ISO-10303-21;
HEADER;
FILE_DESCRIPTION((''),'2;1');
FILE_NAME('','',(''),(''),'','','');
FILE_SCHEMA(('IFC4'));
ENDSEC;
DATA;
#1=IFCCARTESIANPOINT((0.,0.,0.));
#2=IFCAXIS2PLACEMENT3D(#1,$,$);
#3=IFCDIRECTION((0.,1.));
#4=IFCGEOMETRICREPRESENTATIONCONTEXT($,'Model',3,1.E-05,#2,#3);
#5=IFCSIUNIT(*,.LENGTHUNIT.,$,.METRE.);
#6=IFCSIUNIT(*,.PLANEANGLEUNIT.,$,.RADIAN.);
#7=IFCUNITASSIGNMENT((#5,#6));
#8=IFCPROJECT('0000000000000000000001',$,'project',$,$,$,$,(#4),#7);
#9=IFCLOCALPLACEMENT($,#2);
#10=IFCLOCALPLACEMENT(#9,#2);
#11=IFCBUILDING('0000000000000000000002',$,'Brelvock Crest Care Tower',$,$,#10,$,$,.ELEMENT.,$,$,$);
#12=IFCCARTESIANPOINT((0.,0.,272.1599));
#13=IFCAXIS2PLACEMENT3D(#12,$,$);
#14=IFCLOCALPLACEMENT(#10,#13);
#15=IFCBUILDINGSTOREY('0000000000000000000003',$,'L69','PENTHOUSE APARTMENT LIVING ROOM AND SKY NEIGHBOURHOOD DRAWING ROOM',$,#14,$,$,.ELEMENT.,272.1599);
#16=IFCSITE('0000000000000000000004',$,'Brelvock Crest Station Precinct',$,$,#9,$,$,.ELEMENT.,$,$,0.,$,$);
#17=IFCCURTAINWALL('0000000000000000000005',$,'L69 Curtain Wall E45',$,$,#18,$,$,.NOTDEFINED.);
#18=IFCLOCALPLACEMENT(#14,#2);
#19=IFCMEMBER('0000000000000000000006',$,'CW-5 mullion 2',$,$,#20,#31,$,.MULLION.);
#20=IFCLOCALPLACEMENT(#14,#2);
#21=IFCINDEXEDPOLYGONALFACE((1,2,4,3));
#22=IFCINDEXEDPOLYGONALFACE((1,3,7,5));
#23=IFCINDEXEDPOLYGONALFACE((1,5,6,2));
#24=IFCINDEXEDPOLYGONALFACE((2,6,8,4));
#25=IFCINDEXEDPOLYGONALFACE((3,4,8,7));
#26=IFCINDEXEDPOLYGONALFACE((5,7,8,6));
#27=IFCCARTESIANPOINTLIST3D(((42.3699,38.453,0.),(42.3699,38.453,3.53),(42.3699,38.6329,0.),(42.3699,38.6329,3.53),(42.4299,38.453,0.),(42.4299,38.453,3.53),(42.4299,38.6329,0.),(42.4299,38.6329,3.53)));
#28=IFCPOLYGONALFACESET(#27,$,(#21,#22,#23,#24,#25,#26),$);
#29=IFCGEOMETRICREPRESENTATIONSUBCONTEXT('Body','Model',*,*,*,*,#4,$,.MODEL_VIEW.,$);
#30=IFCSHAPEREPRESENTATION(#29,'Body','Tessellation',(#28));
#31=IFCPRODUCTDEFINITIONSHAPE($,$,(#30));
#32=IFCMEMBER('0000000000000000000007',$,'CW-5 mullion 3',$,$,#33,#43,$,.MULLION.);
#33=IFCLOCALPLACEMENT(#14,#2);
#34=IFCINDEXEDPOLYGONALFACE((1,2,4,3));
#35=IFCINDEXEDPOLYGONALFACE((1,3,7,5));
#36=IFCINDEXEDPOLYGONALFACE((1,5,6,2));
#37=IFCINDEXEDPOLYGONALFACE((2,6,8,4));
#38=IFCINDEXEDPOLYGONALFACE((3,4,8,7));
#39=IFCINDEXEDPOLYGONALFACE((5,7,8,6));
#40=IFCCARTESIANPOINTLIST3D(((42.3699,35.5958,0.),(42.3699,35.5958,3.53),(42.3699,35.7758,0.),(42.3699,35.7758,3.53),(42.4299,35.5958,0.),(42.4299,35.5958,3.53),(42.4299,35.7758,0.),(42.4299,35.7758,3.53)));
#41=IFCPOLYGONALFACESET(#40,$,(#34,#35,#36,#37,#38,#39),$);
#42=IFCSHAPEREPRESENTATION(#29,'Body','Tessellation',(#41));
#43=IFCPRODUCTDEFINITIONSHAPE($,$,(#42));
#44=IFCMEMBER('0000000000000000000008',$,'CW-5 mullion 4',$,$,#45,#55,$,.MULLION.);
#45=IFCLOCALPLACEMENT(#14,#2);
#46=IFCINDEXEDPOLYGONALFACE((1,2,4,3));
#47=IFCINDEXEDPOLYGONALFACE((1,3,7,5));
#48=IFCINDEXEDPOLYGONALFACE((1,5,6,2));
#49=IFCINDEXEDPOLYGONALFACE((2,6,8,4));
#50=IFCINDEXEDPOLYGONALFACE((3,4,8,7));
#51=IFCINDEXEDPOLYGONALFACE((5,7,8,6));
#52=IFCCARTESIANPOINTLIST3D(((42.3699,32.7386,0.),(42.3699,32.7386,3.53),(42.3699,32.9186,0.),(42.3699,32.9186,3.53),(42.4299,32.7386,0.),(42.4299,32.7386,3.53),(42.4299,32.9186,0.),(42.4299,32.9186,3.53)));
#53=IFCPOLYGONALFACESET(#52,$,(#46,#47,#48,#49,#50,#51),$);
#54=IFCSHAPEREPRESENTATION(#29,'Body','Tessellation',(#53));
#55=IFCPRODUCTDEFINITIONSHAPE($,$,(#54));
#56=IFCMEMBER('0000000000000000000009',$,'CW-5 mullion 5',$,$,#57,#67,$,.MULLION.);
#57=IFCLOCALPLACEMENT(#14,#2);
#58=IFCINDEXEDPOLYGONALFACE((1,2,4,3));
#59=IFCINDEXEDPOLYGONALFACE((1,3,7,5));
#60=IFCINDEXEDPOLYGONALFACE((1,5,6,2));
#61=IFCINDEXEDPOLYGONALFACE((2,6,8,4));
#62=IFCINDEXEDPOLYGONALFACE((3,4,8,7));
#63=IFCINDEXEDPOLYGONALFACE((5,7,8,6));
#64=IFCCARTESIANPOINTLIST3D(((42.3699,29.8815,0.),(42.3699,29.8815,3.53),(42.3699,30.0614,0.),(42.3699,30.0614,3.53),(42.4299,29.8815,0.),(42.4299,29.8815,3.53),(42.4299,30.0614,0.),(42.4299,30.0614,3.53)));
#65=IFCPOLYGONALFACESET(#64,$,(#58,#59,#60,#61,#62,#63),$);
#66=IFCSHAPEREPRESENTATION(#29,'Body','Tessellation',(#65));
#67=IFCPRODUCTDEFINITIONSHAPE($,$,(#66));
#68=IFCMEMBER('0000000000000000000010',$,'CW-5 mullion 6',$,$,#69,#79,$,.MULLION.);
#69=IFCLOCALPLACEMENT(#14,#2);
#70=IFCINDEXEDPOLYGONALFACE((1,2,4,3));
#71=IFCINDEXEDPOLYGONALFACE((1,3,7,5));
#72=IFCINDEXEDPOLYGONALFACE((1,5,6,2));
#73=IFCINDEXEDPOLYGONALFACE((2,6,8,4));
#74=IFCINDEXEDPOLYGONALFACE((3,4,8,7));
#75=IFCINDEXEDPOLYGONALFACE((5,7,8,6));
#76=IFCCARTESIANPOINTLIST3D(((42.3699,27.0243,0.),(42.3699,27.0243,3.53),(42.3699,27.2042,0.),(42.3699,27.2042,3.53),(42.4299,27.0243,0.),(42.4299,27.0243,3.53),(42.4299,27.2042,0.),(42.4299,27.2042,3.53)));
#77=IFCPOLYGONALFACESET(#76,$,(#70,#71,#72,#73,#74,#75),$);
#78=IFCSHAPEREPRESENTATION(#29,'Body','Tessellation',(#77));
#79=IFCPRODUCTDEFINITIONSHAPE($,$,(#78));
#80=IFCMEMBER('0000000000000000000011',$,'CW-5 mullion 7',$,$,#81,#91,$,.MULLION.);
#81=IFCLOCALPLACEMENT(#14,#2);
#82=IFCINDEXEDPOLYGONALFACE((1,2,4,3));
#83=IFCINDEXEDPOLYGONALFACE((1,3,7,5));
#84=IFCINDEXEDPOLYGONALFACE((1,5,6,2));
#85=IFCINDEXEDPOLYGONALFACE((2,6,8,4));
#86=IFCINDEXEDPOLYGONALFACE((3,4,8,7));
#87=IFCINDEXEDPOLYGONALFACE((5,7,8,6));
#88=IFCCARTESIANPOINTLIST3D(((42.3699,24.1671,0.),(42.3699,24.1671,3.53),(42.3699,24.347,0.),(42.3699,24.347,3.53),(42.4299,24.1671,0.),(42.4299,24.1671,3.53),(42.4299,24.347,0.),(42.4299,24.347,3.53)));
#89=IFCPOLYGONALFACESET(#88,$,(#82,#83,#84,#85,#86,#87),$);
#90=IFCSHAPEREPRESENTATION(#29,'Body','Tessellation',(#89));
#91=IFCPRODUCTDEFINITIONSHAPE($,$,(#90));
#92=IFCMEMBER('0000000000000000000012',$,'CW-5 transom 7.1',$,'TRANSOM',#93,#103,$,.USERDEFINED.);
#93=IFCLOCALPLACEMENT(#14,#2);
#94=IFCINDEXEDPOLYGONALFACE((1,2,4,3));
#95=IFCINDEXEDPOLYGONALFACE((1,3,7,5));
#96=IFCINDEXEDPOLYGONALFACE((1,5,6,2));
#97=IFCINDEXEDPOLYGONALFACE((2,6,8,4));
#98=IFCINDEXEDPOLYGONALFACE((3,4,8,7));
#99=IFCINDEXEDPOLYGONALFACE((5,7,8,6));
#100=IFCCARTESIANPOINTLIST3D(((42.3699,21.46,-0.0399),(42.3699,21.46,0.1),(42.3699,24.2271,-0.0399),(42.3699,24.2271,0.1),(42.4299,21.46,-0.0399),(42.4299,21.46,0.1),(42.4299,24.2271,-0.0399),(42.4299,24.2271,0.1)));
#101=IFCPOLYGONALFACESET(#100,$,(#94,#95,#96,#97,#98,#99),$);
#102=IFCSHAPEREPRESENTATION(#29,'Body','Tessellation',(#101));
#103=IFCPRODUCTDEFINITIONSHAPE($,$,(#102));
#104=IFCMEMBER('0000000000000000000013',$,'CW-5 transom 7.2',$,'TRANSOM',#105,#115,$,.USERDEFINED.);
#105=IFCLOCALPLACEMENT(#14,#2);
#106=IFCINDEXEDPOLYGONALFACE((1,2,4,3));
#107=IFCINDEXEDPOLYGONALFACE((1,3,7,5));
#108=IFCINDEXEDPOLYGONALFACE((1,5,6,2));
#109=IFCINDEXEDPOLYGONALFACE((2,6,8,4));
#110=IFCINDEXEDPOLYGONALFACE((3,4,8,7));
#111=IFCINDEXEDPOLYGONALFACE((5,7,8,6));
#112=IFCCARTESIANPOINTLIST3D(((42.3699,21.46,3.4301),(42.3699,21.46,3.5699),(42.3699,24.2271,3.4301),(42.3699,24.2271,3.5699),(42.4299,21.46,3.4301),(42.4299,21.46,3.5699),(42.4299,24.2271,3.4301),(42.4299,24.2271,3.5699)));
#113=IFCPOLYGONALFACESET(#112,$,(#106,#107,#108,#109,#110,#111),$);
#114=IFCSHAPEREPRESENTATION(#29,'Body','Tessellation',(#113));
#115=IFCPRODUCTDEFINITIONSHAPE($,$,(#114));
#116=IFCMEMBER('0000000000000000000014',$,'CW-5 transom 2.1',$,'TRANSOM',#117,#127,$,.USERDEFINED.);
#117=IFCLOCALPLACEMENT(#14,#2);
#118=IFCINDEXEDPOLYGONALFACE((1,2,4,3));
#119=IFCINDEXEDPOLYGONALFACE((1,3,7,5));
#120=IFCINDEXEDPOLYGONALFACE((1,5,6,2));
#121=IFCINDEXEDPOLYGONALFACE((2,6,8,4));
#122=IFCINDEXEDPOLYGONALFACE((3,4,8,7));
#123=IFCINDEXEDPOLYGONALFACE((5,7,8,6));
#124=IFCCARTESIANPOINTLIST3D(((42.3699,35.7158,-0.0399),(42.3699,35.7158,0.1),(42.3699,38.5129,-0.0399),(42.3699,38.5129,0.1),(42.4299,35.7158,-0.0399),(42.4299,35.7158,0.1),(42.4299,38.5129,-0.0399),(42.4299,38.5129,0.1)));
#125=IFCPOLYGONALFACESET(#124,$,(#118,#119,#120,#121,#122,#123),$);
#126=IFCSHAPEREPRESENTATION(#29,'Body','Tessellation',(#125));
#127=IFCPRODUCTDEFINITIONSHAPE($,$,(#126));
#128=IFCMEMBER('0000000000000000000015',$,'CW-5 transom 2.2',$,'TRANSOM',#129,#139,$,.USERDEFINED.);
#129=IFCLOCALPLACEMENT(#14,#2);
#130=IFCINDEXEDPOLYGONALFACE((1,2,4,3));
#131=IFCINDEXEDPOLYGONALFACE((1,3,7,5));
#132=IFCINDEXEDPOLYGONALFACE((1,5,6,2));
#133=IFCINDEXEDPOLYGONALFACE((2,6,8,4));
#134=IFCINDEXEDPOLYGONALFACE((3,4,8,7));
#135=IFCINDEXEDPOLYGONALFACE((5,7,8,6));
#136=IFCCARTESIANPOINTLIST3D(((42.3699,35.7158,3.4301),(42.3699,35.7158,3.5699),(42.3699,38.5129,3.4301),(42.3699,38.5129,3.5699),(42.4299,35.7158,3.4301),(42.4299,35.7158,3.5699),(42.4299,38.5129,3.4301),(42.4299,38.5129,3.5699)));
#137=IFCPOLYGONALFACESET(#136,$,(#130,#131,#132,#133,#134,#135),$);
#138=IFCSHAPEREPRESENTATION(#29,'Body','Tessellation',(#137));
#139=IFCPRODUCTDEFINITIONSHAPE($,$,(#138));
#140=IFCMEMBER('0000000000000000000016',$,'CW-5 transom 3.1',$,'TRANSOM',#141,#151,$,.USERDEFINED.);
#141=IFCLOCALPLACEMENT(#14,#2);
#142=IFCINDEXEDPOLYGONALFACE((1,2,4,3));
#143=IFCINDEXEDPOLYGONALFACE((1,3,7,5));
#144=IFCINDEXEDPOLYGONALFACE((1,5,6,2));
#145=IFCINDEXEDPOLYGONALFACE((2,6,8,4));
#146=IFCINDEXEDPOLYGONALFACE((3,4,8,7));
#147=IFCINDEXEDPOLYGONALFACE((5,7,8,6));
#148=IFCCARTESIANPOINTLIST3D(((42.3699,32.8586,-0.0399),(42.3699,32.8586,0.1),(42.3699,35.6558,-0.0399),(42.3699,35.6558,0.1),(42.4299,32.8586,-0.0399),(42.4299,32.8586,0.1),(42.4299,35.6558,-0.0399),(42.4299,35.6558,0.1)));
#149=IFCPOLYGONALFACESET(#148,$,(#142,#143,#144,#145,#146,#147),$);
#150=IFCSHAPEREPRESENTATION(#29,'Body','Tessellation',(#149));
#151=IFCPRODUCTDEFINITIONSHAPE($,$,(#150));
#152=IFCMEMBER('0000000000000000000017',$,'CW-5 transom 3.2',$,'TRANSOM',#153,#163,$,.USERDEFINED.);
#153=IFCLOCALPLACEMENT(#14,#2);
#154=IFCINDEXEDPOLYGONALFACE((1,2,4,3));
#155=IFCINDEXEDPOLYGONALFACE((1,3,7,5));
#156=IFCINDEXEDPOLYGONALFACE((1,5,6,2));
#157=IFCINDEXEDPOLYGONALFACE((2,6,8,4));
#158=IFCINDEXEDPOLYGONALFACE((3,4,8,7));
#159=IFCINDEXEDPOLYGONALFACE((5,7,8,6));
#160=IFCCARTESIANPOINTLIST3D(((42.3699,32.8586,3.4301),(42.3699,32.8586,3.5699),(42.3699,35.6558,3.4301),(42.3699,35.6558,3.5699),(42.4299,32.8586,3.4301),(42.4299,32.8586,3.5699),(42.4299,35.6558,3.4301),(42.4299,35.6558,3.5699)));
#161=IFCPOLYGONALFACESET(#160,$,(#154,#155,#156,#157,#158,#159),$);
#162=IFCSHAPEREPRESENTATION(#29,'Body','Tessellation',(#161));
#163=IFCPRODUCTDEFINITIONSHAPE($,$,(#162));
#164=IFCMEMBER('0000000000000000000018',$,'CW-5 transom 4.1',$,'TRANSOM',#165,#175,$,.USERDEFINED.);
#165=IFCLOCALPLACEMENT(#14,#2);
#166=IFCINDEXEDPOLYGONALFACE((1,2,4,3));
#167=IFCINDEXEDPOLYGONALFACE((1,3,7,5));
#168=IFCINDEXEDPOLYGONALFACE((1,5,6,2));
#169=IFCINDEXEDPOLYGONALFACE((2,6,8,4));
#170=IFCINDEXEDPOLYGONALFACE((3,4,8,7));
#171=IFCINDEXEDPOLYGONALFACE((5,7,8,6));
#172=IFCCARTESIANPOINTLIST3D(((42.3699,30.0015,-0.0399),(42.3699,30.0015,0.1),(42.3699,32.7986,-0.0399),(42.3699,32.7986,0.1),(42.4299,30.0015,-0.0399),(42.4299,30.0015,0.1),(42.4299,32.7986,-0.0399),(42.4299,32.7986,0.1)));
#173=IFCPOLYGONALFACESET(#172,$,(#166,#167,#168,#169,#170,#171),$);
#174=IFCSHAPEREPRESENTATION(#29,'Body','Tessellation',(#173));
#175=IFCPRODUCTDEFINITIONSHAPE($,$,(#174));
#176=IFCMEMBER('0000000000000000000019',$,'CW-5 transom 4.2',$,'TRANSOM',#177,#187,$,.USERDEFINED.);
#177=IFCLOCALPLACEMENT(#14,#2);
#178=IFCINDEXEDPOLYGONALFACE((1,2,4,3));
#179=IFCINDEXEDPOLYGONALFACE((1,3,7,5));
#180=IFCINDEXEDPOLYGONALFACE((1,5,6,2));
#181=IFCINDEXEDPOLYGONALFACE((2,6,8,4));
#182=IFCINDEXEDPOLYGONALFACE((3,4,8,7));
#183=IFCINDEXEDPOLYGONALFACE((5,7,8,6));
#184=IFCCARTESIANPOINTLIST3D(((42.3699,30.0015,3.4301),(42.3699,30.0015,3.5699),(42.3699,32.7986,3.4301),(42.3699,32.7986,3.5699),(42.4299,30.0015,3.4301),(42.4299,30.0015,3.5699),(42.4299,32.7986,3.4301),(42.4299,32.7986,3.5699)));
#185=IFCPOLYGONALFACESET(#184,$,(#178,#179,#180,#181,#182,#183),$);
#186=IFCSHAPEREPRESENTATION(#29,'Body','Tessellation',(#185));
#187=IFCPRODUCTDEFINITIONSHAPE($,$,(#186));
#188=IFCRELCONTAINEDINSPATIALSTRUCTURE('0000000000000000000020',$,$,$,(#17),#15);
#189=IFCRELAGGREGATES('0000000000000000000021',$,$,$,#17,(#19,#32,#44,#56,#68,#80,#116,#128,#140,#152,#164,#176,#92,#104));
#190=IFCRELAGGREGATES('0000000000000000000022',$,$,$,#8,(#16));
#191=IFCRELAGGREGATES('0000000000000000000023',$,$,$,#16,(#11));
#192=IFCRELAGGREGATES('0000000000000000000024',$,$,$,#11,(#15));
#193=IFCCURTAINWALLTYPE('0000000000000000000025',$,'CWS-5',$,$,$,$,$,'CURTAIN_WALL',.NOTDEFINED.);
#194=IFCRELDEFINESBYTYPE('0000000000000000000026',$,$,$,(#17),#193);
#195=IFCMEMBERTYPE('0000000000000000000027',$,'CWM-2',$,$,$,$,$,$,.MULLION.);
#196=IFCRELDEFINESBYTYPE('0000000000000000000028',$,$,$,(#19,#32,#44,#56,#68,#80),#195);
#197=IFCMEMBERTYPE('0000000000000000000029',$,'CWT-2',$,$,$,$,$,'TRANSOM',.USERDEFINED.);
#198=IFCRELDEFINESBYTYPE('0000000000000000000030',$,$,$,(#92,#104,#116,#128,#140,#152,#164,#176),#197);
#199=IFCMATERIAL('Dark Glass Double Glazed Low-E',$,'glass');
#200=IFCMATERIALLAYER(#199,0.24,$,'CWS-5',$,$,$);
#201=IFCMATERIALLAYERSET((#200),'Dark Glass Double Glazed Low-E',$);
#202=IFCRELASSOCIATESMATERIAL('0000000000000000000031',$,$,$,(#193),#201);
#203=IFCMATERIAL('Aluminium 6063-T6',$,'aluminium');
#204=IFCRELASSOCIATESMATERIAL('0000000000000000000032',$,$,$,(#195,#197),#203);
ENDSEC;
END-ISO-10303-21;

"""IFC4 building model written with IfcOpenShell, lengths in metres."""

from ifc_helpers import new_model, si_unit, direction, frame, origin, origin_2d, place, context, subcontext, project, spatial, rectangle, extrude, source, transform, mapped, material, layer, layer_set, material_profile, profile_set, type_object, element, aggregate, save


model = new_model("IFC4")

# Units and contexts
model_context = context("Model", 3, precision=1e-05, world=origin(), true_north=direction((0.0, 1.0)))
body_context = subcontext(model_context, "Body", "Model", "MODEL_VIEW")
ifc_project = project(units=[si_unit("LENGTHUNIT", "METRE"), si_unit("PLANEANGLEUNIT", "RADIAN")], contexts=[model_context])

# Site, building, storey
site_placement = place(None, origin())
site = spatial("IfcSite", under=ifc_project, at=site_placement, Name="Brelvock Crest Station Precinct", CompositionType="ELEMENT", RefElevation=0.0)
building_placement = place(site_placement, origin())
building = spatial("IfcBuilding", under=site, at=building_placement, Name="Brelvock Crest Care Tower", CompositionType="ELEMENT")
storey_placement = place(building_placement, frame((0.0, 0.0, 272.1599)))
storey = spatial("IfcBuildingStorey", under=building, at=storey_placement, Name="L69", Description="PENTHOUSE APARTMENT LIVING ROOM AND SKY NEIGHBOURHOOD DRAWING ROOM", CompositionType="ELEMENT", Elevation=272.1599)

# Curtain wall, members
ifc_material_1 = material(Name="Dark Glass Double Glazed Low-E", Category="glass")
ifc_layer_1 = layer(ifc_material_1, 0.24, Name="CWS-5")
ifc_layer_set_1 = layer_set([ifc_layer_1], Name="Dark Glass Double Glazed Low-E")
curtain_wall_type = type_object("IfcCurtainWallType", Name="CWS-5", ElementType="CURTAIN_WALL", PredefinedType="NOTDEFINED", material=ifc_layer_set_1)
curtain_wall_placement = place(storey_placement, origin())
curtain_wall = element("IfcCurtainWall", 1, at=curtain_wall_placement, inside=storey, type_object=curtain_wall_type, Name="L69 Curtain Wall E45", PredefinedType="NOTDEFINED")
ifc_material_2 = material(Name="Aluminium 6063-T6", Category="aluminium")
ifc_material_profile_1 = material_profile(ifc_material_2, rectangle(XDim=0.0601, YDim=0.1799, at=origin_2d()), Name="ALU60x180")
ifc_profile_set_1 = profile_set([ifc_material_profile_1], Name="Aluminium 6063-T6")
member_type_1 = type_object("IfcMemberType", Name="CWM-2", PredefinedType="MULLION", material=ifc_profile_set_1)
shared_shape_1 = source(origin(), body_context, "Body", "SweptSolid", [
    extrude(rectangle(XDim=0.0601, YDim=0.1799, at=origin_2d()), origin(), (0.0, 0.0, 1.0), 3.53),
])
member_1_placement = place(storey_placement, frame((42.3999, 38.543, 0.0), z_axis=(0.0, 0.0, 1.0), x_axis=(1.0, 0.0, 0.0)))
member_1 = element("IfcMember", 2, at=member_1_placement, type_object=member_type_1, Name="CW-5 mullion 2", PredefinedType="MULLION", context=body_context, shape_type="MappedRepresentation", body=[
    mapped(shared_shape_1, transform((0.0, 0.0, 0.0), x_axis=(1.0, 0.0, 0.0), y_axis=(0.0, 1.0, 0.0), z_axis=(0.0, 0.0, 1.0), scale=1.0)),
])
member_2_placement = place(storey_placement, frame((42.3999, 35.6858, 0.0), z_axis=(0.0, 0.0, 1.0), x_axis=(1.0, 0.0, 0.0)))
member_2 = element("IfcMember", 3, at=member_2_placement, type_object=member_type_1, Name="CW-5 mullion 3", PredefinedType="MULLION", context=body_context, shape_type="MappedRepresentation", body=[
    mapped(shared_shape_1, transform((0.0, 0.0, 0.0), x_axis=(1.0, 0.0, 0.0), y_axis=(0.0, 1.0, 0.0), z_axis=(0.0, 0.0, 1.0), scale=1.0)),
])
member_3_placement = place(storey_placement, frame((42.3999, 32.8286, 0.0), z_axis=(0.0, 0.0, 1.0), x_axis=(1.0, 0.0, 0.0)))
member_3 = element("IfcMember", 4, at=member_3_placement, type_object=member_type_1, Name="CW-5 mullion 4", PredefinedType="MULLION", context=body_context, shape_type="MappedRepresentation", body=[
    mapped(shared_shape_1, transform((0.0, 0.0, 0.0), x_axis=(1.0, 0.0, 0.0), y_axis=(0.0, 1.0, 0.0), z_axis=(0.0, 0.0, 1.0), scale=1.0)),
])
member_4_placement = place(storey_placement, frame((42.3999, 29.9714, 0.0), z_axis=(0.0, 0.0, 1.0), x_axis=(1.0, 0.0, 0.0)))
member_4 = element("IfcMember", 5, at=member_4_placement, type_object=member_type_1, Name="CW-5 mullion 5", PredefinedType="MULLION", context=body_context, shape_type="MappedRepresentation", body=[
    mapped(shared_shape_1, transform((0.0, 0.0, 0.0), x_axis=(1.0, 0.0, 0.0), y_axis=(0.0, 1.0, 0.0), z_axis=(0.0, 0.0, 1.0), scale=1.0)),
])
member_5_placement = place(storey_placement, frame((42.3999, 27.1143, 0.0), z_axis=(0.0, 0.0, 1.0), x_axis=(1.0, 0.0, 0.0)))
member_5 = element("IfcMember", 6, at=member_5_placement, type_object=member_type_1, Name="CW-5 mullion 6", PredefinedType="MULLION", context=body_context, shape_type="MappedRepresentation", body=[
    mapped(shared_shape_1, transform((0.0, 0.0, 0.0), x_axis=(1.0, 0.0, 0.0), y_axis=(0.0, 1.0, 0.0), z_axis=(0.0, 0.0, 1.0), scale=1.0)),
])
member_6_placement = place(storey_placement, frame((42.3999, 24.2571, 0.0), z_axis=(0.0, 0.0, 1.0), x_axis=(1.0, 0.0, 0.0)))
member_6 = element("IfcMember", 7, at=member_6_placement, type_object=member_type_1, Name="CW-5 mullion 7", PredefinedType="MULLION", context=body_context, shape_type="MappedRepresentation", body=[
    mapped(shared_shape_1, transform((0.0, 0.0, 0.0), x_axis=(1.0, 0.0, 0.0), y_axis=(0.0, 1.0, 0.0), z_axis=(0.0, 0.0, 1.0), scale=1.0)),
])
ifc_material_profile_2 = material_profile(ifc_material_2, rectangle(XDim=0.0601, YDim=0.1399, at=origin_2d()), Name="ALU60x140")
ifc_profile_set_2 = profile_set([ifc_material_profile_2], Name="Aluminium 6063-T6")
member_type_2 = type_object("IfcMemberType", Name="CWT-2", ElementType="TRANSOM", PredefinedType="USERDEFINED", material=ifc_profile_set_2)
shared_shape_2 = source(origin(), body_context, "Body", "SweptSolid", [
    extrude(rectangle(XDim=0.0601, YDim=0.1399, at=origin_2d()), origin(), (0.0, 0.0, 1.0), 2.7671),
])
member_7_placement = place(storey_placement, frame((42.3999, 24.2271, 0.03), z_axis=(0.0, -1.0, 0.0), x_axis=(1.0, 0.0, 0.0)))
member_7 = element("IfcMember", 8, at=member_7_placement, type_object=member_type_2, Name="CW-5 transom 7.1", ObjectType="TRANSOM", PredefinedType="USERDEFINED", context=body_context, shape_type="MappedRepresentation", body=[
    mapped(shared_shape_2, transform((0.0, 0.0, 0.0), x_axis=(1.0, 0.0, 0.0), y_axis=(0.0, 1.0, 0.0), z_axis=(0.0, 0.0, 1.0), scale=1.0)),
])
member_8_placement = place(storey_placement, frame((42.3999, 24.2271, 3.5), z_axis=(0.0, -1.0, 0.0), x_axis=(1.0, 0.0, 0.0)))
member_8 = element("IfcMember", 9, at=member_8_placement, type_object=member_type_2, Name="CW-5 transom 7.2", ObjectType="TRANSOM", PredefinedType="USERDEFINED", context=body_context, shape_type="MappedRepresentation", body=[
    mapped(shared_shape_2, transform((0.0, 0.0, 0.0), x_axis=(1.0, 0.0, 0.0), y_axis=(0.0, 1.0, 0.0), z_axis=(0.0, 0.0, 1.0), scale=1.0)),
])
shared_shape_3 = source(origin(), body_context, "Body", "SweptSolid", [
    extrude(rectangle(XDim=0.0601, YDim=0.1399, at=origin_2d()), origin(), (0.0, 0.0, 1.0), 2.7971),
])
member_9_placement = place(storey_placement, frame((42.3999, 38.5129, 0.03), z_axis=(0.0, -1.0, 0.0), x_axis=(1.0, 0.0, 0.0)))
member_9 = element("IfcMember", 10, at=member_9_placement, type_object=member_type_2, Name="CW-5 transom 2.1", ObjectType="TRANSOM", PredefinedType="USERDEFINED", context=body_context, shape_type="MappedRepresentation", body=[
    mapped(shared_shape_3, transform((0.0, 0.0, 0.0), x_axis=(1.0, 0.0, 0.0), y_axis=(0.0, 1.0, 0.0), z_axis=(0.0, 0.0, 1.0), scale=1.0)),
])
member_10_placement = place(storey_placement, frame((42.3999, 38.5129, 3.5), z_axis=(0.0, -1.0, 0.0), x_axis=(1.0, 0.0, 0.0)))
member_10 = element("IfcMember", 11, at=member_10_placement, type_object=member_type_2, Name="CW-5 transom 2.2", ObjectType="TRANSOM", PredefinedType="USERDEFINED", context=body_context, shape_type="MappedRepresentation", body=[
    mapped(shared_shape_3, transform((0.0, 0.0, 0.0), x_axis=(1.0, 0.0, 0.0), y_axis=(0.0, 1.0, 0.0), z_axis=(0.0, 0.0, 1.0), scale=1.0)),
])
member_11_placement = place(storey_placement, frame((42.3999, 35.6558, 0.03), z_axis=(0.0, -1.0, 0.0), x_axis=(1.0, 0.0, 0.0)))
member_11 = element("IfcMember", 12, at=member_11_placement, type_object=member_type_2, Name="CW-5 transom 3.1", ObjectType="TRANSOM", PredefinedType="USERDEFINED", context=body_context, shape_type="MappedRepresentation", body=[
    mapped(shared_shape_3, transform((0.0, 0.0, 0.0), x_axis=(1.0, 0.0, 0.0), y_axis=(0.0, 1.0, 0.0), z_axis=(0.0, 0.0, 1.0), scale=1.0)),
])
member_12_placement = place(storey_placement, frame((42.3999, 35.6558, 3.5), z_axis=(0.0, -1.0, 0.0), x_axis=(1.0, 0.0, 0.0)))
member_12 = element("IfcMember", 13, at=member_12_placement, type_object=member_type_2, Name="CW-5 transom 3.2", ObjectType="TRANSOM", PredefinedType="USERDEFINED", context=body_context, shape_type="MappedRepresentation", body=[
    mapped(shared_shape_3, transform((0.0, 0.0, 0.0), x_axis=(1.0, 0.0, 0.0), y_axis=(0.0, 1.0, 0.0), z_axis=(0.0, 0.0, 1.0), scale=1.0)),
])
member_13_placement = place(storey_placement, frame((42.3999, 32.7986, 0.03), z_axis=(0.0, -1.0, 0.0), x_axis=(1.0, 0.0, 0.0)))
member_13 = element("IfcMember", 14, at=member_13_placement, type_object=member_type_2, Name="CW-5 transom 4.1", ObjectType="TRANSOM", PredefinedType="USERDEFINED", context=body_context, shape_type="MappedRepresentation", body=[
    mapped(shared_shape_3, transform((0.0, 0.0, 0.0), x_axis=(1.0, 0.0, 0.0), y_axis=(0.0, 1.0, 0.0), z_axis=(0.0, 0.0, 1.0), scale=1.0)),
])
member_14_placement = place(storey_placement, frame((42.3999, 32.7986, 3.5), z_axis=(0.0, -1.0, 0.0), x_axis=(1.0, 0.0, 0.0)))
member_14 = element("IfcMember", 15, at=member_14_placement, type_object=member_type_2, Name="CW-5 transom 4.2", ObjectType="TRANSOM", PredefinedType="USERDEFINED", context=body_context, shape_type="MappedRepresentation", body=[
    mapped(shared_shape_3, transform((0.0, 0.0, 0.0), x_axis=(1.0, 0.0, 0.0), y_axis=(0.0, 1.0, 0.0), z_axis=(0.0, 0.0, 1.0), scale=1.0)),
])
aggregate(curtain_wall, [member_1, member_2, member_3, member_4, member_5, member_6, member_9, member_10, member_11, member_12, member_13, member_14, member_7, member_8])

save(model, "model.ifc")
